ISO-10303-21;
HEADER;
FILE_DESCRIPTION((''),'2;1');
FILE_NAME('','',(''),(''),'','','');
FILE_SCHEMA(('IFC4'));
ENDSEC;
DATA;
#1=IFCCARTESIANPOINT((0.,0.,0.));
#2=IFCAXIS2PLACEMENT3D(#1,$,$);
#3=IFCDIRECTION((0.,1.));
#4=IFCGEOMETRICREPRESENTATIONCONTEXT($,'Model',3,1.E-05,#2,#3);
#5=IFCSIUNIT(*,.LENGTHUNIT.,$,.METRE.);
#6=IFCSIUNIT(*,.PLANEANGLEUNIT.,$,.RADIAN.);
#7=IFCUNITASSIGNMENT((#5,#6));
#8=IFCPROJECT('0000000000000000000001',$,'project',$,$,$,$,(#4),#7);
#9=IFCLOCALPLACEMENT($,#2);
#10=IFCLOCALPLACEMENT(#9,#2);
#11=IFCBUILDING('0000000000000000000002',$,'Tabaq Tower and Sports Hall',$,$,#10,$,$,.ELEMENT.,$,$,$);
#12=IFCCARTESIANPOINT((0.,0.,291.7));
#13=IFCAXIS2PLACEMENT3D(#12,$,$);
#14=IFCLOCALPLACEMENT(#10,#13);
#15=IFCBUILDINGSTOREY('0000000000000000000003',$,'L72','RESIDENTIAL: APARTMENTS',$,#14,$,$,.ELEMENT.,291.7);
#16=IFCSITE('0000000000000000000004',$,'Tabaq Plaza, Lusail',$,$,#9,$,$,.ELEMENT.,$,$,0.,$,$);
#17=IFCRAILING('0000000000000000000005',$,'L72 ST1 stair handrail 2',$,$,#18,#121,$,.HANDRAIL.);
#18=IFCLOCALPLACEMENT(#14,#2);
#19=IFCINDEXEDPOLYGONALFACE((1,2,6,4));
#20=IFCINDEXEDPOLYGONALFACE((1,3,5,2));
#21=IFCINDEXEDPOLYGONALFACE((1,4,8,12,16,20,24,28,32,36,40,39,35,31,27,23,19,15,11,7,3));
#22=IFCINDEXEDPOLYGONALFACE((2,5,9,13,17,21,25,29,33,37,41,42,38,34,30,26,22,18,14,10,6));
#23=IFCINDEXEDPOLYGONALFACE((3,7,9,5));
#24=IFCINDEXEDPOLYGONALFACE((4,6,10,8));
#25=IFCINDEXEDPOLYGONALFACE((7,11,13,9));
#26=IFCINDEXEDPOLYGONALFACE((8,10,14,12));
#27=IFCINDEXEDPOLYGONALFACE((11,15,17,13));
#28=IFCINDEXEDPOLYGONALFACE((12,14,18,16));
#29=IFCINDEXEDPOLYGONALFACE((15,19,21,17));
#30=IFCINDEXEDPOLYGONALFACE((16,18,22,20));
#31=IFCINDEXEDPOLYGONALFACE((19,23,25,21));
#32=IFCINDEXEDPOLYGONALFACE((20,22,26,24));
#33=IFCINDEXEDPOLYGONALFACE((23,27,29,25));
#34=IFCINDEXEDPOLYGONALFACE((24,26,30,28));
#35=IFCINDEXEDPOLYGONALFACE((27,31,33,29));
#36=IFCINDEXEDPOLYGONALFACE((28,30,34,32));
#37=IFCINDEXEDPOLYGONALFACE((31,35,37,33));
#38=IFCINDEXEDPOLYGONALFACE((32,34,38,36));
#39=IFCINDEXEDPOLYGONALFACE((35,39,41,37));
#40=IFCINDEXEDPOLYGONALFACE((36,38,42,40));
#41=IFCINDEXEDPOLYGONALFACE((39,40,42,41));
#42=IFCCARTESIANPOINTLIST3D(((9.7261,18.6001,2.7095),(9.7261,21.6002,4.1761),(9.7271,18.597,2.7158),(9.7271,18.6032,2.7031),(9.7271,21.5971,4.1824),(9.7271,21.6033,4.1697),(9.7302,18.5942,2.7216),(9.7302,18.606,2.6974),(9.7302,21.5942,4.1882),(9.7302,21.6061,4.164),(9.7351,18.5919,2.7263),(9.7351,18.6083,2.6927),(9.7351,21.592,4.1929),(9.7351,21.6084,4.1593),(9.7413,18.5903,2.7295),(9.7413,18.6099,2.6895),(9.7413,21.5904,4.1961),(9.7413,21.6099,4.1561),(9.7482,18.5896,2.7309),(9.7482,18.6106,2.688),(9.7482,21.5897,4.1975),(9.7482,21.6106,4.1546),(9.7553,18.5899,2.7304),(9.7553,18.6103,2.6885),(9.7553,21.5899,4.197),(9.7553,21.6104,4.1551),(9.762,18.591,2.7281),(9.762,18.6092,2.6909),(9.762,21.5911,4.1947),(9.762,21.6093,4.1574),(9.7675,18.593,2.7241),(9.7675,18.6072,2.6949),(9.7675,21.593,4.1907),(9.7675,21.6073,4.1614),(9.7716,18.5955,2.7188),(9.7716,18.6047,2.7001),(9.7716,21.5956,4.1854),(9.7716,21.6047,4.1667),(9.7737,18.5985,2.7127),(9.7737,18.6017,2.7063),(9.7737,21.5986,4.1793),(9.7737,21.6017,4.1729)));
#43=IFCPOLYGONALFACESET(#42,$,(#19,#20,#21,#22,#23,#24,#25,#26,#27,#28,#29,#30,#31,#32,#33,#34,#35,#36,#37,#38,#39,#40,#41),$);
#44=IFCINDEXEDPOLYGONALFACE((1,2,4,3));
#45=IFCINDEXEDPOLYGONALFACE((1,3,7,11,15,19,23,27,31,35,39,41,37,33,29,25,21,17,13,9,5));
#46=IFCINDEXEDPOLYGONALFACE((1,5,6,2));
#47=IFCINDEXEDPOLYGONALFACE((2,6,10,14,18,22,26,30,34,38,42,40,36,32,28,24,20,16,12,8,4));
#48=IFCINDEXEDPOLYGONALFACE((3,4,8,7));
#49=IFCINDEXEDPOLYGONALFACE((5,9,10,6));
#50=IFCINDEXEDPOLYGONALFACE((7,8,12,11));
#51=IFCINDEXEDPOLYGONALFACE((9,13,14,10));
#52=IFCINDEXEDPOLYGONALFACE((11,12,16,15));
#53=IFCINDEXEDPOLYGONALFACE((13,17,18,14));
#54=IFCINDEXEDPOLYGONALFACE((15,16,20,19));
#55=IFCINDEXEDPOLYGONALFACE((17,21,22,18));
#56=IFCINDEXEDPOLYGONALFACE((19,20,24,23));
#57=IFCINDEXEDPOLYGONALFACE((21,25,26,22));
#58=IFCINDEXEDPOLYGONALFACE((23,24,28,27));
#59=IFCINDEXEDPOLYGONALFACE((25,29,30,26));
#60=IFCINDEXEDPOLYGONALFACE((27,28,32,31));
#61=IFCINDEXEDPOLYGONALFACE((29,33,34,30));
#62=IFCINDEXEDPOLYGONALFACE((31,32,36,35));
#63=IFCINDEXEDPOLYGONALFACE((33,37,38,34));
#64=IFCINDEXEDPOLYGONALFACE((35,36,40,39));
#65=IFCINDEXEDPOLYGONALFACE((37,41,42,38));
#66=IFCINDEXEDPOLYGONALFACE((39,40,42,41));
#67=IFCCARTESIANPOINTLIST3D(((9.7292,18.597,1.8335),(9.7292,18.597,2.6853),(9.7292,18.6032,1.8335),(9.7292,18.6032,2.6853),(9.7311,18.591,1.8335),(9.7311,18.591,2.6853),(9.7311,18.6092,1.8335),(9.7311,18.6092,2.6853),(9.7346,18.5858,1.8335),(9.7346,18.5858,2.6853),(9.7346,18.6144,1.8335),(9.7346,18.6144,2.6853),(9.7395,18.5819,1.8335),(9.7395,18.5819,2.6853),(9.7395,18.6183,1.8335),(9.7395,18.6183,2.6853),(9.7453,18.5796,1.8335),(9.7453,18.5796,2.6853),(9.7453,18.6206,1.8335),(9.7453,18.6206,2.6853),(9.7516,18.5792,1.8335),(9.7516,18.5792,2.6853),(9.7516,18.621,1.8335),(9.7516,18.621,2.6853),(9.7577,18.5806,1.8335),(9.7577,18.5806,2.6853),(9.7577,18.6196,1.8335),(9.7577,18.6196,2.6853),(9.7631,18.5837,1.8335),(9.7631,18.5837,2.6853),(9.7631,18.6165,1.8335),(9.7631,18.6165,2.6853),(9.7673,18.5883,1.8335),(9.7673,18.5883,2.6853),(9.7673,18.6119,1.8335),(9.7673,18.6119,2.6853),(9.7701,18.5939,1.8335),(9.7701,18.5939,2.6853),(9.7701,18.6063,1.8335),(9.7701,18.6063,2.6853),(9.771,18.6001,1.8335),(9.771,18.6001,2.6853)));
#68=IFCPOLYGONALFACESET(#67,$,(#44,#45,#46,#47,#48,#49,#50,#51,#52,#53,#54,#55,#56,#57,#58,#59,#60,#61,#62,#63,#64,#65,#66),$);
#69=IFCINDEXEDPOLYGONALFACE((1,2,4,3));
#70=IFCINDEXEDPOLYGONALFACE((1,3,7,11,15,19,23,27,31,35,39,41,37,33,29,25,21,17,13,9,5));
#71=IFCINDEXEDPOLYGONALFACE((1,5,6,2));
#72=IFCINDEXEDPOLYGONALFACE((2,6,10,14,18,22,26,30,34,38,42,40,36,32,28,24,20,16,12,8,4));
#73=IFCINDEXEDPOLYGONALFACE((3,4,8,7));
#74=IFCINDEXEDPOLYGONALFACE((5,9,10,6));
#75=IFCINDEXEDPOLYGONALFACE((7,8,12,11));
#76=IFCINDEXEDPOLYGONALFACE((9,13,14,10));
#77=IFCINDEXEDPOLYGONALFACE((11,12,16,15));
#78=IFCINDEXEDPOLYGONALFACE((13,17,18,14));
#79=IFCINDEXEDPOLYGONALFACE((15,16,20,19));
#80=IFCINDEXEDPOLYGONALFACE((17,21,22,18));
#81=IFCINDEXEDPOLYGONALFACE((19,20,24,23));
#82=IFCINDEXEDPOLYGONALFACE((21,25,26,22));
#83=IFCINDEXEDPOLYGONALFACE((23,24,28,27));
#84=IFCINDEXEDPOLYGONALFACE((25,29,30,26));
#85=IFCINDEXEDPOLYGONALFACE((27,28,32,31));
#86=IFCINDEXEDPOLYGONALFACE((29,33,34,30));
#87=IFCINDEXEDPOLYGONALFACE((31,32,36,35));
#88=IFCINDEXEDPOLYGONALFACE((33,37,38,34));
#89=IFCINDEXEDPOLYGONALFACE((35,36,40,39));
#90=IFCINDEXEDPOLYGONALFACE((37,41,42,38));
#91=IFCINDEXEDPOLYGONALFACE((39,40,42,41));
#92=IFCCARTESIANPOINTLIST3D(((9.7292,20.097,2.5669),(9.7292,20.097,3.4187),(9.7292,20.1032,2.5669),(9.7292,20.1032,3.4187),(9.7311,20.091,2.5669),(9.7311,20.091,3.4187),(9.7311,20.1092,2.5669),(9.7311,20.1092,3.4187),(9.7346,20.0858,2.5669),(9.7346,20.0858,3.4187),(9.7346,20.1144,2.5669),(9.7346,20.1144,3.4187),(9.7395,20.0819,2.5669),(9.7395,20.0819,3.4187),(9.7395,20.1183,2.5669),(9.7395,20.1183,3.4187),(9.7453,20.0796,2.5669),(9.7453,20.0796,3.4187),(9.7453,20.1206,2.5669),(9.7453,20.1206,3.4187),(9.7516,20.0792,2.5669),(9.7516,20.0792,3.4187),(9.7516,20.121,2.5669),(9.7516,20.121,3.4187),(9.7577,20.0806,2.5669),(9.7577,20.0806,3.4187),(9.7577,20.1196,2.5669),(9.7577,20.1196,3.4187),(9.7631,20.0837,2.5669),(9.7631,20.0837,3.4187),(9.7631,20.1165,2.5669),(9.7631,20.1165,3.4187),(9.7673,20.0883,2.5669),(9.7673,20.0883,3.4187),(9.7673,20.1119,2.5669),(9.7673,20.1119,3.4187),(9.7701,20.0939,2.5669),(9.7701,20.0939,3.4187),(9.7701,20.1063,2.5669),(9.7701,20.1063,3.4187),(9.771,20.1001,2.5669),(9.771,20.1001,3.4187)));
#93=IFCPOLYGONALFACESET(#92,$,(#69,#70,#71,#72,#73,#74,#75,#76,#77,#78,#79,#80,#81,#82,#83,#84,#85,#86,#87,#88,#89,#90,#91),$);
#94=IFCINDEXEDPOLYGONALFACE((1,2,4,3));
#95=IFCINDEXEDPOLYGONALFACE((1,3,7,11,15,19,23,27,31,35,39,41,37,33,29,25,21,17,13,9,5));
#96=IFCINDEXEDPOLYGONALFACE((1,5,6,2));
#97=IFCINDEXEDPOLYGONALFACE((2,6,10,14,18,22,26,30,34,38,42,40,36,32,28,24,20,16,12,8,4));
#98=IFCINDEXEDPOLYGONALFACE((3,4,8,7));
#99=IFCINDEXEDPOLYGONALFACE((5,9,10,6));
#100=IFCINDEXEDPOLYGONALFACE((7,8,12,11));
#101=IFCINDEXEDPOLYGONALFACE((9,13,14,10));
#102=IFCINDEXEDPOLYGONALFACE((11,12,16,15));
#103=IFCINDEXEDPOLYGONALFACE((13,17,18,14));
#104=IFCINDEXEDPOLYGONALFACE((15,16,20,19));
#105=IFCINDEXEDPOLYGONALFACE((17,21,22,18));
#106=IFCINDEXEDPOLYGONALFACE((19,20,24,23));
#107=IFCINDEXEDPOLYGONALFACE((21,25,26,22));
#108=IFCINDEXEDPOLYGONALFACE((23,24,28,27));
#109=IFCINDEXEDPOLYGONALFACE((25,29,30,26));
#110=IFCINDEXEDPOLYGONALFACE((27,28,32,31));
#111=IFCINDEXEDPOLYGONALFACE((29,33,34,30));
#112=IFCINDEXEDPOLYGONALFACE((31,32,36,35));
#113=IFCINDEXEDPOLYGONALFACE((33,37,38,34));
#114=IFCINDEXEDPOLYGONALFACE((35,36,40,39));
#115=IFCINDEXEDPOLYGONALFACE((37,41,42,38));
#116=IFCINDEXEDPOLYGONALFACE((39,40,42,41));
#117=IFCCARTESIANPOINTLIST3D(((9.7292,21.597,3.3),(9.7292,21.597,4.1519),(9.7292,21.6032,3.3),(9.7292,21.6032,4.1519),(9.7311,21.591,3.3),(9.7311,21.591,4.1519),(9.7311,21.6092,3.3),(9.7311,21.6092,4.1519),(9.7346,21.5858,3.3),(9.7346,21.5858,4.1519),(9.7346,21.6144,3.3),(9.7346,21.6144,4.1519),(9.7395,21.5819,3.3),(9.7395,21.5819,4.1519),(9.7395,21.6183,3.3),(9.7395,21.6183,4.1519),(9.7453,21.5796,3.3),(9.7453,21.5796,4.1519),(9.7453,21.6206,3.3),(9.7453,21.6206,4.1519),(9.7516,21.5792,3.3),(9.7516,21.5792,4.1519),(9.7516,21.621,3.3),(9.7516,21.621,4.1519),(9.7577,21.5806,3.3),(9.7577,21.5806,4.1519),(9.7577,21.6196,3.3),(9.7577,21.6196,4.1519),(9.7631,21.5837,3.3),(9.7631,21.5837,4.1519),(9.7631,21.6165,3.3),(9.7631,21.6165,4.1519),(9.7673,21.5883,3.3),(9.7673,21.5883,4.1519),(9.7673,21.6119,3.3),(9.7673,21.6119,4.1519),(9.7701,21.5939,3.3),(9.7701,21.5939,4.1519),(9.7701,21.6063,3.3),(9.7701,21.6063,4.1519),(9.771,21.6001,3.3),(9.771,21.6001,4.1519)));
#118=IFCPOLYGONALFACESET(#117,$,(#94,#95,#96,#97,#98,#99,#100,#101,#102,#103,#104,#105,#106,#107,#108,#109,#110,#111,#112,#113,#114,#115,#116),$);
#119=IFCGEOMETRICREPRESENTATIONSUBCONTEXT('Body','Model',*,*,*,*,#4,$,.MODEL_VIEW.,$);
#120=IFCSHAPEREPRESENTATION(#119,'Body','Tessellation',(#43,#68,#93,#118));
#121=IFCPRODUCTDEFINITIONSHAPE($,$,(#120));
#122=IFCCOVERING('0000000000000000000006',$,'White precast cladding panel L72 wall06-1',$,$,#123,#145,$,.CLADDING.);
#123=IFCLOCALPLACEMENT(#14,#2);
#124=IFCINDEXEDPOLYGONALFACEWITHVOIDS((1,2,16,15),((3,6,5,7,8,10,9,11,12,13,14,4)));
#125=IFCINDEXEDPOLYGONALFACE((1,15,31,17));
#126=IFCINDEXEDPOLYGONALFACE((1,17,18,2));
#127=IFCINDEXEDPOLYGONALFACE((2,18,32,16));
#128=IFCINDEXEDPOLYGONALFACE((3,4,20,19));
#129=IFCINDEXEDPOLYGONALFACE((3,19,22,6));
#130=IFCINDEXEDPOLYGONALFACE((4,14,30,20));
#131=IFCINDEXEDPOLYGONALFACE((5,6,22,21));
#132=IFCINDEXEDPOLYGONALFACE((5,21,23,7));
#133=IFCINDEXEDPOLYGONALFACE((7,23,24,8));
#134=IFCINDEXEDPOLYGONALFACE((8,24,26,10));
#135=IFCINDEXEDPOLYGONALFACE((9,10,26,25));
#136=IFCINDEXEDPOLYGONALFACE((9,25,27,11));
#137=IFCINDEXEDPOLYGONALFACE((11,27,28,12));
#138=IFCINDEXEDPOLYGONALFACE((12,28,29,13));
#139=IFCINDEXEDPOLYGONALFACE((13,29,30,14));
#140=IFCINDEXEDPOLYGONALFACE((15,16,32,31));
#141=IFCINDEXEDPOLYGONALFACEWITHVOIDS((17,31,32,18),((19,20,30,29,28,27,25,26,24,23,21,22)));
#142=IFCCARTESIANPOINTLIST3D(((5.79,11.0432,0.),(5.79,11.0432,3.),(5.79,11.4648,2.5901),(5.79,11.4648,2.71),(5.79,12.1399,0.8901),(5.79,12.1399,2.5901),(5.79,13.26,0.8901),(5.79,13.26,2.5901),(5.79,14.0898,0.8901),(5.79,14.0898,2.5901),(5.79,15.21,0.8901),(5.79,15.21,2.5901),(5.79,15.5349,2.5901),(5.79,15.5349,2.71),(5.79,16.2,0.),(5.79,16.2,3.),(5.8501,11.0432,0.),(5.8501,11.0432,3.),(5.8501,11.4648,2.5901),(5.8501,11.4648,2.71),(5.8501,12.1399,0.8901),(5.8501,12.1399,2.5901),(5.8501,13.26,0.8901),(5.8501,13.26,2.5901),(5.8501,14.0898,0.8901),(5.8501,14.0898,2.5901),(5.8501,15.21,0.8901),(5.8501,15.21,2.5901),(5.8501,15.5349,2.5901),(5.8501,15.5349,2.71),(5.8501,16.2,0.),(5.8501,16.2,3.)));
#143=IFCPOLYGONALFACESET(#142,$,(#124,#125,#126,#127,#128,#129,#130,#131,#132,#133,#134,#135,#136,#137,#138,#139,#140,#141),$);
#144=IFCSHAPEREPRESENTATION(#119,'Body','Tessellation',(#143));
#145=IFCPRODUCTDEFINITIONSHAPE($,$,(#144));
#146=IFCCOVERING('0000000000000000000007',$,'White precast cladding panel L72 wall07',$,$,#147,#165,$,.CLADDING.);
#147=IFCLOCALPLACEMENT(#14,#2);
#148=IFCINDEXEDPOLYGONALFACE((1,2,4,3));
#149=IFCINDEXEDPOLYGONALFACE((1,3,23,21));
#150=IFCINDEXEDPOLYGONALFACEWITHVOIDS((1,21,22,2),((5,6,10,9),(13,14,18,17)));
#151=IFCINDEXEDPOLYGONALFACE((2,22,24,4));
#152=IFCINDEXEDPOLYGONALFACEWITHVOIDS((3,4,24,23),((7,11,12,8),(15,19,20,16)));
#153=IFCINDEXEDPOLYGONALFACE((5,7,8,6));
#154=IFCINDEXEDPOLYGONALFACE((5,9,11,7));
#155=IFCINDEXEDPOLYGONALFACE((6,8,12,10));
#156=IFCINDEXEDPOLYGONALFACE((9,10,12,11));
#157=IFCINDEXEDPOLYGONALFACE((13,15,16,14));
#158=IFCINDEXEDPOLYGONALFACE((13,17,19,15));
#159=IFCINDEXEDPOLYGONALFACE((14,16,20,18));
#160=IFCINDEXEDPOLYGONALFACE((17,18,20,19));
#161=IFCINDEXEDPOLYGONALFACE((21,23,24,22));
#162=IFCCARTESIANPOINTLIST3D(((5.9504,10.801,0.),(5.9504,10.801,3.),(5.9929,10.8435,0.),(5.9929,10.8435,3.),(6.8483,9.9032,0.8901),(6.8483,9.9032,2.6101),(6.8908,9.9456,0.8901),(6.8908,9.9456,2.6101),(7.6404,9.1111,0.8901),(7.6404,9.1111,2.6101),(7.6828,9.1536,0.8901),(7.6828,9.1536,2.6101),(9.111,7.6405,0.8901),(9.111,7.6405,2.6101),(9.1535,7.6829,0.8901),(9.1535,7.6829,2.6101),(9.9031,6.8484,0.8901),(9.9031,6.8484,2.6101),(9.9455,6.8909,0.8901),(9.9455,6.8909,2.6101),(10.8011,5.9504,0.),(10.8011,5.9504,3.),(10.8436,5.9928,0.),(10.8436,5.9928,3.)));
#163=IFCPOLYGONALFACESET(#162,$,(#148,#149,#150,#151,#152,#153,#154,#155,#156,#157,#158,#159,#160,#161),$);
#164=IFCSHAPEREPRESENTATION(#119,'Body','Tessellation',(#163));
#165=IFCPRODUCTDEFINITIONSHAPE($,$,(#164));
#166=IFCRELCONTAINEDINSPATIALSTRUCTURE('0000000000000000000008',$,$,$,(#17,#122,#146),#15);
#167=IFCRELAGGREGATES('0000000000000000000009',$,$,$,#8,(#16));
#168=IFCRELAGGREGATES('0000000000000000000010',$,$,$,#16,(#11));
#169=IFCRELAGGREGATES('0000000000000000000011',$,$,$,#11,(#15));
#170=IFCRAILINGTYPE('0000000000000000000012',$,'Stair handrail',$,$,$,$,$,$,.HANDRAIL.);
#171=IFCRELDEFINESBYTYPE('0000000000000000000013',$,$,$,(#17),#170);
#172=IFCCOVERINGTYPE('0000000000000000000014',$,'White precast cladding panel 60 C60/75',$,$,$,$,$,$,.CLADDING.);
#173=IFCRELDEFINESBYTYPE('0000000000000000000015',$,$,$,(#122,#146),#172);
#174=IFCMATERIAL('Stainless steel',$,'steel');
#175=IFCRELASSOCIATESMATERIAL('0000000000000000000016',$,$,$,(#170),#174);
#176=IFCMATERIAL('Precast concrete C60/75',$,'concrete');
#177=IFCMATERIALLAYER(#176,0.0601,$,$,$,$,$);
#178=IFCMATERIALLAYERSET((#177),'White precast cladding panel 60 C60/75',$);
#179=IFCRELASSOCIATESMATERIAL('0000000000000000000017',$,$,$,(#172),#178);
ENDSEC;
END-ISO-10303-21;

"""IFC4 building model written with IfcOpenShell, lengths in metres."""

from ifc_helpers import new_model, si_unit, direction, frame, origin, origin_2d, place, context, subcontext, project, spatial, polyline, circle, outline, extrude, material, layer, layer_set, type_object, element, save


model = new_model("IFC4")

# Units and contexts
model_context = context("Model", 3, precision=1e-05, world=origin(), true_north=direction((0.0, 1.0)))
body_context = subcontext(model_context, "Body", "Model", "MODEL_VIEW")
ifc_project = project(units=[si_unit("LENGTHUNIT", "METRE"), si_unit("PLANEANGLEUNIT", "RADIAN")], contexts=[model_context])

# Site, building, storey
site_placement = place(None, origin())
site = spatial("IfcSite", under=ifc_project, at=site_placement, Name="Tabaq Plaza, Lusail", CompositionType="ELEMENT", RefElevation=0.0)
building_placement = place(site_placement, origin())
building = spatial("IfcBuilding", under=site, at=building_placement, Name="Tabaq Tower and Sports Hall", CompositionType="ELEMENT")
storey_placement = place(building_placement, frame((0.0, 0.0, 291.7)))
storey = spatial("IfcBuildingStorey", under=building, at=storey_placement, Name="L72", Description="RESIDENTIAL: APARTMENTS", CompositionType="ELEMENT", Elevation=291.7)

# Railing
ifc_material_1 = material(Name="Stainless steel", Category="steel")
railing_type = type_object("IfcRailingType", Name="Stair handrail", PredefinedType="HANDRAIL", material=ifc_material_1)
railing_1_placement = place(storey_placement, frame((9.75, 18.6001, 1.8335)))
element("IfcRailing", 1, at=railing_1_placement, inside=storey, type_object=railing_type, Name="L72 ST1 stair handrail 2", PredefinedType="HANDRAIL", context=body_context, shape_type="SweptSolid", body=[
    extrude(circle(Radius=0.0239, at=origin_2d()), frame((0.0, 0.0, 0.876), z_axis=(0.0, 0.898398, 0.439183), x_axis=(-1.0, 0.0, 0.0)), (0.0, 0.0, 1.0), 3.3394),
    extrude(circle(Radius=0.021, at=origin_2d()), origin(), (0.0, 0.0, 1.0), 0.8518),
    extrude(circle(Radius=0.021, at=origin_2d()), frame((0.0, 1.5, 0.7334)), (0.0, 0.0, 1.0), 0.8518),
    extrude(circle(Radius=0.021, at=origin_2d()), frame((0.0, 3.0, 1.4666)), (0.0, 0.0, 1.0), 0.8518),
])

# Coverings
ifc_material_2 = material(Name="Precast concrete C60/75", Category="concrete")
ifc_layer_1 = layer(ifc_material_2, 0.0601)
ifc_layer_set_1 = layer_set([ifc_layer_1], Name="White precast cladding panel 60 C60/75")
covering_type_1 = type_object("IfcCoveringType", Name="White precast cladding panel 60 C60/75", PredefinedType="CLADDING", material=ifc_layer_set_1)
covering_1_placement = place(storey_placement, frame((5.8201, 16.2, 0.0), z_axis=(0.0, 0.0, 1.0), x_axis=(0.0, -1.0, 0.0)))
element("IfcCovering", 2, at=covering_1_placement, inside=storey, type_object=covering_type_1, Name="White precast cladding panel L72 wall06-1", PredefinedType="CLADDING", context=body_context, shape_type="SweptSolid", body=[
    extrude(outline(polyline([(0.0, 0.0), (5.1567, 0.0), (5.1567, 3.0), (0.0, 3.0), (0.0, 0.0)]), holes=[polyline([(0.99, 2.5901), (0.665, 2.5901), (0.665, 2.71), (4.7351, 2.71), (4.7351, 2.5901), (4.0601, 2.5901), (4.0601, 0.8901), (2.9399, 0.8901), (2.9399, 2.5901), (2.1101, 2.5901), (2.1101, 0.8901), (0.99, 0.8901), (0.99, 2.5901)])]), frame((0.0, 0.03, 0.0), z_axis=(0.0, -1.0, 0.0), x_axis=(1.0, 0.0, 0.0)), (0.0, 0.0, 1.0), 0.0601),
])
covering_2_placement = place(storey_placement, frame((5.9717, 10.8223, 0.0), z_axis=(0.0, 0.0, 1.0), x_axis=(0.707107, -0.707107, 0.0)))
element("IfcCovering", 3, at=covering_2_placement, inside=storey, type_object=covering_type_1, Name="White precast cladding panel L72 wall07", PredefinedType="CLADDING", context=body_context, shape_type="SweptSolid", body=[
    extrude(outline(polyline([(0.0, 0.0), (6.8599, 0.0), (6.8599, 3.0), (0.0, 3.0), (0.0, 0.0)]), holes=[polyline([(1.2698, 2.6101), (2.3899, 2.6101), (2.3899, 0.8901), (1.2698, 0.8901), (1.2698, 2.6101)]), polyline([(4.4697, 2.6101), (5.5898, 2.6101), (5.5898, 0.8901), (4.4697, 0.8901), (4.4697, 2.6101)])]), frame((0.0, 0.03, 0.0), z_axis=(0.0, -1.0, 0.0), x_axis=(1.0, 0.0, 0.0)), (0.0, 0.0, 1.0), 0.0601),
])

save(model, "model.ifc")
